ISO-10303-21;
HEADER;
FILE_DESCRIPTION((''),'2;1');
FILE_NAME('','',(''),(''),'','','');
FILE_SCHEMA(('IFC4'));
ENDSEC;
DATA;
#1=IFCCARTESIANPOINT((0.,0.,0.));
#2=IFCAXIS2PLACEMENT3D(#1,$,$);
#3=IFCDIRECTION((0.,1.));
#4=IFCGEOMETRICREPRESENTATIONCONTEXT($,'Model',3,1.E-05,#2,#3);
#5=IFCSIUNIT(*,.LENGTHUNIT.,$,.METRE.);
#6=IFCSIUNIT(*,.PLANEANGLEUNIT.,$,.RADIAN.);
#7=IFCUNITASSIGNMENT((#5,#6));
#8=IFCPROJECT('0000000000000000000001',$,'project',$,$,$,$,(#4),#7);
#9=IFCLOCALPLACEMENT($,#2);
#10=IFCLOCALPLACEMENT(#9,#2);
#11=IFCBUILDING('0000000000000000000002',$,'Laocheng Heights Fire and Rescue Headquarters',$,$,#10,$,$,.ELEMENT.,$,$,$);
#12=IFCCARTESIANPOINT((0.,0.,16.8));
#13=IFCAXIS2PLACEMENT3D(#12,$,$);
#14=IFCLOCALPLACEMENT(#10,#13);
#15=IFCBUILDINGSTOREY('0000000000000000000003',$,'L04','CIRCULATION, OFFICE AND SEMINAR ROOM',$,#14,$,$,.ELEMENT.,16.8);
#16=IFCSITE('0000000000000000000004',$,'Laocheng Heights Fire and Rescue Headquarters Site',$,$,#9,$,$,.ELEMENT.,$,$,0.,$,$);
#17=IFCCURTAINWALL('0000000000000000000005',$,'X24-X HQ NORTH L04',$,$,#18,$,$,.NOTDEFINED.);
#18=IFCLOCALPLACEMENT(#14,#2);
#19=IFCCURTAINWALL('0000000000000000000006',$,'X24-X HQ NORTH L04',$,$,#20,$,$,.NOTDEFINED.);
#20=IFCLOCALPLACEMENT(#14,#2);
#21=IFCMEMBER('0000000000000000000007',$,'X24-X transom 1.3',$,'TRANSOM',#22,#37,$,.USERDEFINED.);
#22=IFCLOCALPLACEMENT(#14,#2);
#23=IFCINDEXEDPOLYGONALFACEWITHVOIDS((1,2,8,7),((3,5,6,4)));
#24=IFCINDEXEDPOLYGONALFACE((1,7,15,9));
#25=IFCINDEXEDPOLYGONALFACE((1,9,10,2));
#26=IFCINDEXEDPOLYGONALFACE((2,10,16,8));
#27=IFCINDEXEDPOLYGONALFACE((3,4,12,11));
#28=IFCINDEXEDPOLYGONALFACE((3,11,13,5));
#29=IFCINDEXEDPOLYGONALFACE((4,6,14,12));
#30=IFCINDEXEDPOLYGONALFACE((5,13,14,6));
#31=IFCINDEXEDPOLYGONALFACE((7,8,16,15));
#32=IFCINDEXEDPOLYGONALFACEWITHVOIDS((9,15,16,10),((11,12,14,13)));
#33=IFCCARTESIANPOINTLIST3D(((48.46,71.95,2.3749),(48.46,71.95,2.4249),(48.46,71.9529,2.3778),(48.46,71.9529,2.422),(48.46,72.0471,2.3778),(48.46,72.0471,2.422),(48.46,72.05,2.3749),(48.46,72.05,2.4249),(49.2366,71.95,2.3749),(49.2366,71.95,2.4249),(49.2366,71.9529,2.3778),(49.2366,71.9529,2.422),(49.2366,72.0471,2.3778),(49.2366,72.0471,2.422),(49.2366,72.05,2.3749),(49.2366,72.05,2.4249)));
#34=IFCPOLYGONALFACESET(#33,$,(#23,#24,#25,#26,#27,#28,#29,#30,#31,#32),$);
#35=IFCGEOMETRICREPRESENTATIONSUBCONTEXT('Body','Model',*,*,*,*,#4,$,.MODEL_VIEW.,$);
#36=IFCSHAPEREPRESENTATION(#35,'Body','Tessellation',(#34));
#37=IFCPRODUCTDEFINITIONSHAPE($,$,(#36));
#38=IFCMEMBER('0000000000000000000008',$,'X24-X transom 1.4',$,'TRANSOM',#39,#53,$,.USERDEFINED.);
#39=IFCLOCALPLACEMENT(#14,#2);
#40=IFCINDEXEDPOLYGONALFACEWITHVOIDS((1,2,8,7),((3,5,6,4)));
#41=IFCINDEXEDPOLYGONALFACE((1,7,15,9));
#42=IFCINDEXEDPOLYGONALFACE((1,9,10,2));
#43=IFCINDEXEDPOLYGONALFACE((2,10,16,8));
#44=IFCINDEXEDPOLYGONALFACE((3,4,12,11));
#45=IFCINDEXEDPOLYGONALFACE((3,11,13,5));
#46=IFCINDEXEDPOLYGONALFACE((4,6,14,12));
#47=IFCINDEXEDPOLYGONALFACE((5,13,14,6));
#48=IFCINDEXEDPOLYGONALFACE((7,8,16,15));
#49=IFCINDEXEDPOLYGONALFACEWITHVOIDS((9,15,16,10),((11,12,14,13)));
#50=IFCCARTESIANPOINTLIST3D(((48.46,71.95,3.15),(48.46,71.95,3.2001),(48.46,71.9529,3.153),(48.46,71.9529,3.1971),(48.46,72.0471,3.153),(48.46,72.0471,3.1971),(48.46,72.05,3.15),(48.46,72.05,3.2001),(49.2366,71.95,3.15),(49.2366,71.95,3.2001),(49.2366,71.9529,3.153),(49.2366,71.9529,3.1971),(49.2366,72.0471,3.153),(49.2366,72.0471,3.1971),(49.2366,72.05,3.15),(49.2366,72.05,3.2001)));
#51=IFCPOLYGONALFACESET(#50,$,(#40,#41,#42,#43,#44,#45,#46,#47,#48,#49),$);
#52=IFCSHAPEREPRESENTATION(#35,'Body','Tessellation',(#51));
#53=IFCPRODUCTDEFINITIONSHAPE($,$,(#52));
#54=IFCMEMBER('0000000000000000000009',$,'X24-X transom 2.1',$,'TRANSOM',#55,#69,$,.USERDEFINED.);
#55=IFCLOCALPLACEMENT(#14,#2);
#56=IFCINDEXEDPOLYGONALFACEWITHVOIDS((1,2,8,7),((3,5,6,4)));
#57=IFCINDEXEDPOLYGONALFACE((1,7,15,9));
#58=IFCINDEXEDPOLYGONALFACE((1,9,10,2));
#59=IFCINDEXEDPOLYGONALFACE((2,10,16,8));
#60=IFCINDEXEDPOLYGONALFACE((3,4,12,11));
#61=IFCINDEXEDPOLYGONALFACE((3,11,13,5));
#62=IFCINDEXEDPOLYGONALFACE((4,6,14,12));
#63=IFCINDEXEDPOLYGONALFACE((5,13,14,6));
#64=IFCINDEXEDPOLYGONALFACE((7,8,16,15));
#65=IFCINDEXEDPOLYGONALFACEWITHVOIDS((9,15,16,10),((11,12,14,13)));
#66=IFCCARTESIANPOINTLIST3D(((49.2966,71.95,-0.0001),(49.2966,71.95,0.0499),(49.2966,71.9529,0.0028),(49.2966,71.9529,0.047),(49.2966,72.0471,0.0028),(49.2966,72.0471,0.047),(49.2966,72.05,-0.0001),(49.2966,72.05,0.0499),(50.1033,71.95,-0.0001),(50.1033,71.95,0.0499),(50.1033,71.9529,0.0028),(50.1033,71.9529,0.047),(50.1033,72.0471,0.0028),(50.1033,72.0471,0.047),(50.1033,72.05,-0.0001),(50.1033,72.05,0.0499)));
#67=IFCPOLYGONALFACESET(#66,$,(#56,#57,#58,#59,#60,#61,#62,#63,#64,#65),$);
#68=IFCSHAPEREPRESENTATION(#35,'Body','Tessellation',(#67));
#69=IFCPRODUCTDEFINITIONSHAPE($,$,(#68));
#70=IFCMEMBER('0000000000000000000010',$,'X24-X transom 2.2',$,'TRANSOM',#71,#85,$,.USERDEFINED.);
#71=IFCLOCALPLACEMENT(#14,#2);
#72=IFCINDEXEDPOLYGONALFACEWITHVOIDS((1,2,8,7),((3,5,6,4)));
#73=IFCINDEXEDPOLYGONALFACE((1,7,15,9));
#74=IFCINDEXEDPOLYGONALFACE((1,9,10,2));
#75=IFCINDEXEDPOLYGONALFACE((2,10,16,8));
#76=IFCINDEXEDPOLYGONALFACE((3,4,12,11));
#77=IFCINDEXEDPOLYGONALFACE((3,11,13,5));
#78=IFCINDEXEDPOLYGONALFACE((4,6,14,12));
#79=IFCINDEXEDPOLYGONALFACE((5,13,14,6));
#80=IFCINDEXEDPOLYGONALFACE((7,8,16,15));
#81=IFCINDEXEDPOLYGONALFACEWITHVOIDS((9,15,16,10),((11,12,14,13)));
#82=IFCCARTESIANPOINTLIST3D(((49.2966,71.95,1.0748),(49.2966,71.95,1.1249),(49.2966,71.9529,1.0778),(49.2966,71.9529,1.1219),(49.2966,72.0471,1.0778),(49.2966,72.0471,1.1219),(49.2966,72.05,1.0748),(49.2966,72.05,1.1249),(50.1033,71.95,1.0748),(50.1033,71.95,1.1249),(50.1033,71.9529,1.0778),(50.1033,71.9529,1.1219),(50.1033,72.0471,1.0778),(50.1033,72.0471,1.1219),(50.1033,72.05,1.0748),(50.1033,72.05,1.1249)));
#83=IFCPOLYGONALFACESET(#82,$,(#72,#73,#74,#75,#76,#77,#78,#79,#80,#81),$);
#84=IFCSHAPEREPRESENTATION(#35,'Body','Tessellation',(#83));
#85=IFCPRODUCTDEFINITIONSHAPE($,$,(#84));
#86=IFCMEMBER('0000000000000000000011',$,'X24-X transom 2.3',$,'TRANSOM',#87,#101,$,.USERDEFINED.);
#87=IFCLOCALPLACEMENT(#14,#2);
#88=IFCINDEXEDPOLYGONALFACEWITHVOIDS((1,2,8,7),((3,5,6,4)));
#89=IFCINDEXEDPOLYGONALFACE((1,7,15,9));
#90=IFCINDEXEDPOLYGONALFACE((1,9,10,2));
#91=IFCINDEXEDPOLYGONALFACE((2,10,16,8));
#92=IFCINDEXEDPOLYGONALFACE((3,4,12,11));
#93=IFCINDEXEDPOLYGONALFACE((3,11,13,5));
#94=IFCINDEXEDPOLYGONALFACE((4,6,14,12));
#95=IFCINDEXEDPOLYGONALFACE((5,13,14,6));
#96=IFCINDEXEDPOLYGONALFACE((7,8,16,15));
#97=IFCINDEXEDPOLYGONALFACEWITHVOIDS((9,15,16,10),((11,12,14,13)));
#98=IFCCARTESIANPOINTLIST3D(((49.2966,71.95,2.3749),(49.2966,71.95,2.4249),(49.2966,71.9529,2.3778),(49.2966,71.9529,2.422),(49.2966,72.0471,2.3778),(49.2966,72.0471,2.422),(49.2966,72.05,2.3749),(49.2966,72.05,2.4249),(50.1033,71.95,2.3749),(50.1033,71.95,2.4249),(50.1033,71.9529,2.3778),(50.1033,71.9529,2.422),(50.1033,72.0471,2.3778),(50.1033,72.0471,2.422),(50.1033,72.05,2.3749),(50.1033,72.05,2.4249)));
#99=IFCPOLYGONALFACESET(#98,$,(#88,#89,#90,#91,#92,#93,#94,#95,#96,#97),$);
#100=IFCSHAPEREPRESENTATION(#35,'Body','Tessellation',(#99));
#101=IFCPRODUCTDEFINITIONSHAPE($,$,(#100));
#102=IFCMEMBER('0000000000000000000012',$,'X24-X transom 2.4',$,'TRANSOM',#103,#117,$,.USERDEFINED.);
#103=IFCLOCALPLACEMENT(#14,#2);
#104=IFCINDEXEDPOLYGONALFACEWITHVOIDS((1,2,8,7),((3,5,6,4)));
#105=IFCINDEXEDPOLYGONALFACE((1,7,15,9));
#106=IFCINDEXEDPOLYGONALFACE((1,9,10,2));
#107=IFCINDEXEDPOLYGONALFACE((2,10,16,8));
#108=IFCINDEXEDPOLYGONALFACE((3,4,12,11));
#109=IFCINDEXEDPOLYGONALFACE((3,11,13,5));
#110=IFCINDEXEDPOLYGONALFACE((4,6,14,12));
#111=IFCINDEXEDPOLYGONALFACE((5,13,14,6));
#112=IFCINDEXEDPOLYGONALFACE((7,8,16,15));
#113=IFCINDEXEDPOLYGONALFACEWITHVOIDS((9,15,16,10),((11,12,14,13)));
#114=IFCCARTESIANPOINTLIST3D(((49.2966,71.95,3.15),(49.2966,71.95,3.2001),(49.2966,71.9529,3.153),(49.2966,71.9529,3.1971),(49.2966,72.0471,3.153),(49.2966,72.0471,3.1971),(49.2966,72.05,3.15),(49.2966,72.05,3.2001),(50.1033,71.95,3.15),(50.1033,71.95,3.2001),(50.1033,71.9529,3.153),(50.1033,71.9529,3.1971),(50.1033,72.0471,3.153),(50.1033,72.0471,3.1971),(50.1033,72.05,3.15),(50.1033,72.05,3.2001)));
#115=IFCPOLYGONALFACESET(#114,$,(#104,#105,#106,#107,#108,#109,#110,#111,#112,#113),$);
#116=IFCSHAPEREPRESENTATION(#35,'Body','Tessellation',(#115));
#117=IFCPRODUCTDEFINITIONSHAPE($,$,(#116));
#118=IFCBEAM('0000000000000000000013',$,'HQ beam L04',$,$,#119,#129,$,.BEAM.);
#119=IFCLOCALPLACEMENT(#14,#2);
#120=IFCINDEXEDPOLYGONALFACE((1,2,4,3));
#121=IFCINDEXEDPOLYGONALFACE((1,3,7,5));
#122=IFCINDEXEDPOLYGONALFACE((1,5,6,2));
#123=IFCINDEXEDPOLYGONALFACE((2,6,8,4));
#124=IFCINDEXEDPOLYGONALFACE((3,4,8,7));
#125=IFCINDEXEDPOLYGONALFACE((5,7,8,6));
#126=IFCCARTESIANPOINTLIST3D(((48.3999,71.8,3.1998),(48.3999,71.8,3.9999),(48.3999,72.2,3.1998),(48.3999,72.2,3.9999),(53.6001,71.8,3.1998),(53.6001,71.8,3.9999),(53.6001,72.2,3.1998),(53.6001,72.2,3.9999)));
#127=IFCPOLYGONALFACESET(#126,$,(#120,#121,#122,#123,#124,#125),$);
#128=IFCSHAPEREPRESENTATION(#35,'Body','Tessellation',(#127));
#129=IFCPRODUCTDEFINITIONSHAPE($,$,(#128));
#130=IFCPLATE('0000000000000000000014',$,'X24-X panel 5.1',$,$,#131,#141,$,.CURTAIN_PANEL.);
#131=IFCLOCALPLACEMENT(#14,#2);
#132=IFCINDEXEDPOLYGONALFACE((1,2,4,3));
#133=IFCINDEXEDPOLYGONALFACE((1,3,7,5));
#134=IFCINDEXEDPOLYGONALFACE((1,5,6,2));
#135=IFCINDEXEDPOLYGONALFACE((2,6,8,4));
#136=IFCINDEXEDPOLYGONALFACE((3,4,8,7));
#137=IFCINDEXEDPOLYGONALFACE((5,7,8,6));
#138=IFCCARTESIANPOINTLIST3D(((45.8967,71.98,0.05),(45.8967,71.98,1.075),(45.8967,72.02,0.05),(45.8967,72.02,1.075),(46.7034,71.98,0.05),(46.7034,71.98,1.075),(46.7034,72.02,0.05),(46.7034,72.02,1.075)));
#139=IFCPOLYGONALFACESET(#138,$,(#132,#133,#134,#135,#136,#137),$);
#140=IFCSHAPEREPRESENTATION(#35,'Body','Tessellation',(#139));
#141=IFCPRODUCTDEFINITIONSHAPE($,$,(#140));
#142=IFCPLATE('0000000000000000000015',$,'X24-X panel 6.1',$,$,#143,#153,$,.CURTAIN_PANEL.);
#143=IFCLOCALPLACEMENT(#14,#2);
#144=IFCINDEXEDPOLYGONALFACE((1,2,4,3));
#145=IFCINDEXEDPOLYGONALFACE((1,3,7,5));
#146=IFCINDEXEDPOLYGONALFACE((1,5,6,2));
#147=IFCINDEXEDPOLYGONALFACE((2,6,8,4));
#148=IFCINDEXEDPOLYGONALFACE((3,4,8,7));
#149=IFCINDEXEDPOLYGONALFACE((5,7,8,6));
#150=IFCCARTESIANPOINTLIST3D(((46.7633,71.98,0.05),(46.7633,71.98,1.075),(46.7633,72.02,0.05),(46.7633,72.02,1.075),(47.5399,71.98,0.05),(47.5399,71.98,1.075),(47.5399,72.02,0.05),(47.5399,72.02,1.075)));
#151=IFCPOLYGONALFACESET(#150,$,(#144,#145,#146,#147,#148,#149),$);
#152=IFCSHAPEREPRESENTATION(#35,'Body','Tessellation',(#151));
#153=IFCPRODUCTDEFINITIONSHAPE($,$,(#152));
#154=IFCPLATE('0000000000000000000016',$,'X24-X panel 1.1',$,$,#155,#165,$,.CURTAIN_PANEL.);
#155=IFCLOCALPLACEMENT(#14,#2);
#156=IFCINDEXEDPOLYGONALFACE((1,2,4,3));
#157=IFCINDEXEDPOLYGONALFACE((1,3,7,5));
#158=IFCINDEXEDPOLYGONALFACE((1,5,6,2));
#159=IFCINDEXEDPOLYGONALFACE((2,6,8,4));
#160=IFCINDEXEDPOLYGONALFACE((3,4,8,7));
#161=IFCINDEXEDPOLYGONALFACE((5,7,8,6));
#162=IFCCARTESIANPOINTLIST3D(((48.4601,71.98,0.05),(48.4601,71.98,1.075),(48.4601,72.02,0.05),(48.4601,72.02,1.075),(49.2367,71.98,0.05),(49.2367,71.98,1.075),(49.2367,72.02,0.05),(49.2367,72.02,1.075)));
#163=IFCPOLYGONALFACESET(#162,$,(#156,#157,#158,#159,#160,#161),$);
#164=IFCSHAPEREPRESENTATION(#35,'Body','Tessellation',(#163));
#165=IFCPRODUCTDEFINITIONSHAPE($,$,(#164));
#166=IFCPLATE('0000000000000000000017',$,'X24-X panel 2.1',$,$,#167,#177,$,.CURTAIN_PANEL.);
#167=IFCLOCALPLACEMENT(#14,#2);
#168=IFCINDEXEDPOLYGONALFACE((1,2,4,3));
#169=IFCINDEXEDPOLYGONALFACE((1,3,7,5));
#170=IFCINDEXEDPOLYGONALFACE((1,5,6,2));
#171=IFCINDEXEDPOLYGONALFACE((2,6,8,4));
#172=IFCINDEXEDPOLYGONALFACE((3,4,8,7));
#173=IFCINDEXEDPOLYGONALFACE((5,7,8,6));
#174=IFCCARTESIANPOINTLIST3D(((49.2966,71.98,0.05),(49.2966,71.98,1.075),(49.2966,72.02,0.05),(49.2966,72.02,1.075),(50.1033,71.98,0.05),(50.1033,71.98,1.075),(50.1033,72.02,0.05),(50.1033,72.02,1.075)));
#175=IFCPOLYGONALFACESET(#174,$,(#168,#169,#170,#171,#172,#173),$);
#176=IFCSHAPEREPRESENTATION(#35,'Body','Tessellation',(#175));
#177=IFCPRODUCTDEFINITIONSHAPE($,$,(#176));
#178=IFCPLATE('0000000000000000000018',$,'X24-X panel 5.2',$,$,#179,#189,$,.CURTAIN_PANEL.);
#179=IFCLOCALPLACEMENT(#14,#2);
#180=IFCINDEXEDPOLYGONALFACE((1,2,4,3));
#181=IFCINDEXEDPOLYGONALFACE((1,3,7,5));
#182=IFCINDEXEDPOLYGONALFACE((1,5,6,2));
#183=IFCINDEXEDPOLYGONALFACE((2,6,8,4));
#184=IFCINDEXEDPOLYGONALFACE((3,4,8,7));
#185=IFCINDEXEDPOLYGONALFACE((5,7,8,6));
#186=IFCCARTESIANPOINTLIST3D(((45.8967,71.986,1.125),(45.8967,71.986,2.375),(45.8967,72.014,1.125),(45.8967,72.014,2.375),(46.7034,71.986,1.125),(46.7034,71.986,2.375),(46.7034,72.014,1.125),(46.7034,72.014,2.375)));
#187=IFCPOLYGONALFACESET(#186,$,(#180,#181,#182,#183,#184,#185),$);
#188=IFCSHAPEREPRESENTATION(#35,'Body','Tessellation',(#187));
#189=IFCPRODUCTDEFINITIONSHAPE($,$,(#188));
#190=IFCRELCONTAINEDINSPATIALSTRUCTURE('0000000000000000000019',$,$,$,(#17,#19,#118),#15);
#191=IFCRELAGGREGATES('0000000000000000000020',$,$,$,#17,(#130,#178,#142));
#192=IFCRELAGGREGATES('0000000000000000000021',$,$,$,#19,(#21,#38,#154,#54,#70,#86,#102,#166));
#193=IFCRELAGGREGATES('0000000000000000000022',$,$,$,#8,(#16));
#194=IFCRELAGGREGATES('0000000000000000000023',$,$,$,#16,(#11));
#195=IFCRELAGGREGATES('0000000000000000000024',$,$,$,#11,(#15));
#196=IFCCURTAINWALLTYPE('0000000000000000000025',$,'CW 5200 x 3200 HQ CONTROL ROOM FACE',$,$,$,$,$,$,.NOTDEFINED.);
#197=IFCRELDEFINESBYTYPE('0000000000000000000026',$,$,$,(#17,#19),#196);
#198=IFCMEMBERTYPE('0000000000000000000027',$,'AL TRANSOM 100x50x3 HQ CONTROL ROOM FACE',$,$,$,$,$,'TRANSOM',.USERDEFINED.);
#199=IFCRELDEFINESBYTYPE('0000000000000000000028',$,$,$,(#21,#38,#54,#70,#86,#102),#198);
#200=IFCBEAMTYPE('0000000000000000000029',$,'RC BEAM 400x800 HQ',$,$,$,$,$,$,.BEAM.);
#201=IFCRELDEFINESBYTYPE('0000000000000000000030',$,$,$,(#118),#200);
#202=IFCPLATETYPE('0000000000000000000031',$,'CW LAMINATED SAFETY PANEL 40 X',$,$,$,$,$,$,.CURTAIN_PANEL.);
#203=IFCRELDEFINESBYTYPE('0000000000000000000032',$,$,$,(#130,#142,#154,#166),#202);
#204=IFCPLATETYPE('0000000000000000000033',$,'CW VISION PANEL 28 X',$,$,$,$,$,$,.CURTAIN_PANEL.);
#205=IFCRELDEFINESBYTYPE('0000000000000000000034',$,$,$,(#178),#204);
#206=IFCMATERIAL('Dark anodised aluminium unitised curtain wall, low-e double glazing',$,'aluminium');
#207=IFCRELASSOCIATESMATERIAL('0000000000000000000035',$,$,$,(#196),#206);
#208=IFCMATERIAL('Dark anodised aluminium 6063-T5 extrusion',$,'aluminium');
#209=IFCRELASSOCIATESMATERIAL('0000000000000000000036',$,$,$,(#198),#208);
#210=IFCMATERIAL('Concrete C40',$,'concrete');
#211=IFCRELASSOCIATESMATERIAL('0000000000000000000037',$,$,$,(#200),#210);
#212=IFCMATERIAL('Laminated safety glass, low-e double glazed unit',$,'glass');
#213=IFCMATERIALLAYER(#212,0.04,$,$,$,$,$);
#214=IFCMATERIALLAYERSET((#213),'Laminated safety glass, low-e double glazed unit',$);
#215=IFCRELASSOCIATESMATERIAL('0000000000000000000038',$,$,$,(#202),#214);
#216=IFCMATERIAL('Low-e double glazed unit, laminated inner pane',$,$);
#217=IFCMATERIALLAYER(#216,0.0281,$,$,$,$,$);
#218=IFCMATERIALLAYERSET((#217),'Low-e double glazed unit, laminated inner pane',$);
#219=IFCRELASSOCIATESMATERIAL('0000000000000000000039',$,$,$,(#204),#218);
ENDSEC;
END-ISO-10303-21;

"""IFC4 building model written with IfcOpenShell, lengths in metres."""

from ifc_helpers import new_model, si_unit, direction, frame, origin, origin_2d, place, context, subcontext, project, spatial, rectangle, hollow_rectangle, extrude, material, layer, layer_set, material_profile, profile_set, type_object, element, aggregate, save


model = new_model("IFC4")

# Units and contexts
model_context = context("Model", 3, precision=1e-05, world=origin(), true_north=direction((0.0, 1.0)))
body_context = subcontext(model_context, "Body", "Model", "MODEL_VIEW")
ifc_project = project(units=[si_unit("LENGTHUNIT", "METRE"), si_unit("PLANEANGLEUNIT", "RADIAN")], contexts=[model_context])

# Site, building, storey
site_placement = place(None, origin())
site = spatial("IfcSite", under=ifc_project, at=site_placement, Name="Laocheng Heights Fire and Rescue Headquarters Site", CompositionType="ELEMENT", RefElevation=0.0)
building_placement = place(site_placement, origin())
building = spatial("IfcBuilding", under=site, at=building_placement, Name="Laocheng Heights Fire and Rescue Headquarters", CompositionType="ELEMENT")
storey_placement = place(building_placement, frame((0.0, 0.0, 16.8)))
storey = spatial("IfcBuildingStorey", under=building, at=storey_placement, Name="L04", Description="CIRCULATION, OFFICE AND SEMINAR ROOM", CompositionType="ELEMENT", Elevation=16.8)

# Curtain walls
ifc_material_1 = material(Name="Dark anodised aluminium unitised curtain wall, low-e double glazing", Category="aluminium")
curtain_wall_type = type_object("IfcCurtainWallType", Name="CW 5200 x 3200 HQ CONTROL ROOM FACE", PredefinedType="NOTDEFINED", material=ifc_material_1)
curtain_wall_1_placement = place(storey_placement, origin())
curtain_wall_1 = element("IfcCurtainWall", 1, at=curtain_wall_1_placement, inside=storey, type_object=curtain_wall_type, Name="X24-X HQ NORTH L04", PredefinedType="NOTDEFINED")
curtain_wall_2_placement = place(storey_placement, origin())
curtain_wall_2 = element("IfcCurtainWall", 2, at=curtain_wall_2_placement, inside=storey, type_object=curtain_wall_type, Name="X24-X HQ NORTH L04", PredefinedType="NOTDEFINED")

# Members
ifc_material_2 = material(Name="Dark anodised aluminium 6063-T5 extrusion", Category="aluminium")
ifc_material_profile_1 = material_profile(ifc_material_2, hollow_rectangle(XDim=0.1001, YDim=0.05, WallThickness=0.0029, at=origin_2d()), Name="AL TRANSOM 100x50x3 HQ CONTROL ROOM FACE")
ifc_profile_set_1 = profile_set([ifc_material_profile_1], Name="Dark anodised aluminium 6063-T5 extrusion")
member_type_1 = type_object("IfcMemberType", Name="AL TRANSOM 100x50x3 HQ CONTROL ROOM FACE", ElementType="TRANSOM", PredefinedType="USERDEFINED", material=ifc_profile_set_1)
member_1_placement = place(storey_placement, frame((48.46, 72.0, 2.3999), z_axis=(1.0, 0.0, 0.0), x_axis=(0.0, 1.0, 0.0)))
member_1 = element("IfcMember", 3, at=member_1_placement, type_object=member_type_1, Name="X24-X transom 1.3", ObjectType="TRANSOM", PredefinedType="USERDEFINED", context=body_context, shape_type="SweptSolid", body=[
    extrude(hollow_rectangle(XDim=0.1001, YDim=0.05, WallThickness=0.0029, at=origin_2d()), origin(), (0.0, 0.0, 1.0), 0.7766),
])
member_2_placement = place(storey_placement, frame((48.46, 72.0, 3.175), z_axis=(1.0, 0.0, 0.0), x_axis=(0.0, 1.0, 0.0)))
member_2 = element("IfcMember", 4, at=member_2_placement, type_object=member_type_1, Name="X24-X transom 1.4", ObjectType="TRANSOM", PredefinedType="USERDEFINED", context=body_context, shape_type="SweptSolid", body=[
    extrude(hollow_rectangle(XDim=0.1001, YDim=0.05, WallThickness=0.0029, at=origin_2d()), origin(), (0.0, 0.0, 1.0), 0.7766),
])
member_3_placement = place(storey_placement, frame((49.2966, 72.0, 0.0249), z_axis=(1.0, 0.0, 0.0), x_axis=(0.0, 1.0, 0.0)))
member_3 = element("IfcMember", 5, at=member_3_placement, type_object=member_type_1, Name="X24-X transom 2.1", ObjectType="TRANSOM", PredefinedType="USERDEFINED", context=body_context, shape_type="SweptSolid", body=[
    extrude(hollow_rectangle(XDim=0.1001, YDim=0.05, WallThickness=0.0029, at=origin_2d()), origin(), (0.0, 0.0, 1.0), 0.8066),
])
member_4_placement = place(storey_placement, frame((49.2966, 72.0, 1.0999), z_axis=(1.0, 0.0, 0.0), x_axis=(0.0, 1.0, 0.0)))
member_4 = element("IfcMember", 6, at=member_4_placement, type_object=member_type_1, Name="X24-X transom 2.2", ObjectType="TRANSOM", PredefinedType="USERDEFINED", context=body_context, shape_type="SweptSolid", body=[
    extrude(hollow_rectangle(XDim=0.1001, YDim=0.05, WallThickness=0.0029, at=origin_2d()), origin(), (0.0, 0.0, 1.0), 0.8066),
])
member_5_placement = place(storey_placement, frame((49.2966, 72.0, 2.3999), z_axis=(1.0, 0.0, 0.0), x_axis=(0.0, 1.0, 0.0)))
member_5 = element("IfcMember", 7, at=member_5_placement, type_object=member_type_1, Name="X24-X transom 2.3", ObjectType="TRANSOM", PredefinedType="USERDEFINED", context=body_context, shape_type="SweptSolid", body=[
    extrude(hollow_rectangle(XDim=0.1001, YDim=0.05, WallThickness=0.0029, at=origin_2d()), origin(), (0.0, 0.0, 1.0), 0.8066),
])
member_6_placement = place(storey_placement, frame((49.2966, 72.0, 3.175), z_axis=(1.0, 0.0, 0.0), x_axis=(0.0, 1.0, 0.0)))
member_6 = element("IfcMember", 8, at=member_6_placement, type_object=member_type_1, Name="X24-X transom 2.4", ObjectType="TRANSOM", PredefinedType="USERDEFINED", context=body_context, shape_type="SweptSolid", body=[
    extrude(hollow_rectangle(XDim=0.1001, YDim=0.05, WallThickness=0.0029, at=origin_2d()), origin(), (0.0, 0.0, 1.0), 0.8066),
])

# Beam
ifc_material_3 = material(Name="Concrete C40", Category="concrete")
ifc_material_profile_2 = material_profile(ifc_material_3, rectangle(XDim=0.3999, YDim=0.8, at=origin_2d()), Name="RC BEAM 400x800 HQ")
ifc_profile_set_2 = profile_set([ifc_material_profile_2], Name="Concrete C40")
beam_type = type_object("IfcBeamType", Name="RC BEAM 400x800 HQ", PredefinedType="BEAM", material=ifc_profile_set_2)
beam_placement = place(storey_placement, frame((48.3999, 72.0, 3.5999), z_axis=(1.0, 0.0, 0.0), x_axis=(0.0, 1.0, 0.0)))
element("IfcBeam", 9, at=beam_placement, inside=storey, type_object=beam_type, Name="HQ beam L04", PredefinedType="BEAM", context=body_context, shape_type="SweptSolid", body=[
    extrude(rectangle(XDim=0.3999, YDim=0.8, at=origin_2d()), origin(), (0.0, 0.0, 1.0), 5.2002),
])

# Plates
ifc_material_4 = material(Name="Laminated safety glass, low-e double glazed unit", Category="glass")
ifc_layer_1 = layer(ifc_material_4, 0.04)
ifc_layer_set_1 = layer_set([ifc_layer_1], Name="Laminated safety glass, low-e double glazed unit")
plate_type_1 = type_object("IfcPlateType", Name="CW LAMINATED SAFETY PANEL 40 X", PredefinedType="CURTAIN_PANEL", material=ifc_layer_set_1)
plate_1_placement = place(storey_placement, frame((46.3, 72.0, 0.05), z_axis=(0.0, 0.0, 1.0), x_axis=(1.0, 0.0, 0.0)))
plate_1 = element("IfcPlate", 10, at=plate_1_placement, type_object=plate_type_1, Name="X24-X panel 5.1", PredefinedType="CURTAIN_PANEL", context=body_context, shape_type="SweptSolid", body=[
    extrude(rectangle(XDim=0.8066, YDim=0.04, at=origin_2d()), origin(), (0.0, 0.0, 1.0), 1.0249),
])
plate_2_placement = place(storey_placement, frame((47.1516, 72.0, 0.05), z_axis=(0.0, 0.0, 1.0), x_axis=(1.0, 0.0, 0.0)))
plate_2 = element("IfcPlate", 11, at=plate_2_placement, type_object=plate_type_1, Name="X24-X panel 6.1", PredefinedType="CURTAIN_PANEL", context=body_context, shape_type="SweptSolid", body=[
    extrude(rectangle(XDim=0.7766, YDim=0.04, at=origin_2d()), origin(), (0.0, 0.0, 1.0), 1.0249),
])
plate_3_placement = place(storey_placement, frame((48.8484, 72.0, 0.05), z_axis=(0.0, 0.0, 1.0), x_axis=(1.0, 0.0, 0.0)))
plate_3 = element("IfcPlate", 12, at=plate_3_placement, type_object=plate_type_1, Name="X24-X panel 1.1", PredefinedType="CURTAIN_PANEL", context=body_context, shape_type="SweptSolid", body=[
    extrude(rectangle(XDim=0.7766, YDim=0.04, at=origin_2d()), origin(), (0.0, 0.0, 1.0), 1.0249),
])
plate_4_placement = place(storey_placement, frame((49.7, 72.0, 0.05), z_axis=(0.0, 0.0, 1.0), x_axis=(1.0, 0.0, 0.0)))
plate_4 = element("IfcPlate", 13, at=plate_4_placement, type_object=plate_type_1, Name="X24-X panel 2.1", PredefinedType="CURTAIN_PANEL", context=body_context, shape_type="SweptSolid", body=[
    extrude(rectangle(XDim=0.8066, YDim=0.04, at=origin_2d()), origin(), (0.0, 0.0, 1.0), 1.0249),
])
ifc_material_5 = material(Name="Low-e double glazed unit, laminated inner pane")
ifc_layer_2 = layer(ifc_material_5, 0.0281)
ifc_layer_set_2 = layer_set([ifc_layer_2], Name="Low-e double glazed unit, laminated inner pane")
plate_type_2 = type_object("IfcPlateType", Name="CW VISION PANEL 28 X", PredefinedType="CURTAIN_PANEL", material=ifc_layer_set_2)
plate_5_placement = place(storey_placement, frame((46.3, 72.0, 1.125), z_axis=(0.0, 0.0, 1.0), x_axis=(1.0, 0.0, 0.0)))
plate_5 = element("IfcPlate", 14, at=plate_5_placement, type_object=plate_type_2, Name="X24-X panel 5.2", PredefinedType="CURTAIN_PANEL", context=body_context, shape_type="SweptSolid", body=[
    extrude(rectangle(XDim=0.8066, YDim=0.0281, at=origin_2d()), origin(), (0.0, 0.0, 1.0), 1.25),
])
aggregate(curtain_wall_1, [plate_1, plate_5, plate_2])
aggregate(curtain_wall_2, [member_1, member_2, plate_3, member_3, member_4, member_5, member_6, plate_4])

save(model, "model.ifc")
